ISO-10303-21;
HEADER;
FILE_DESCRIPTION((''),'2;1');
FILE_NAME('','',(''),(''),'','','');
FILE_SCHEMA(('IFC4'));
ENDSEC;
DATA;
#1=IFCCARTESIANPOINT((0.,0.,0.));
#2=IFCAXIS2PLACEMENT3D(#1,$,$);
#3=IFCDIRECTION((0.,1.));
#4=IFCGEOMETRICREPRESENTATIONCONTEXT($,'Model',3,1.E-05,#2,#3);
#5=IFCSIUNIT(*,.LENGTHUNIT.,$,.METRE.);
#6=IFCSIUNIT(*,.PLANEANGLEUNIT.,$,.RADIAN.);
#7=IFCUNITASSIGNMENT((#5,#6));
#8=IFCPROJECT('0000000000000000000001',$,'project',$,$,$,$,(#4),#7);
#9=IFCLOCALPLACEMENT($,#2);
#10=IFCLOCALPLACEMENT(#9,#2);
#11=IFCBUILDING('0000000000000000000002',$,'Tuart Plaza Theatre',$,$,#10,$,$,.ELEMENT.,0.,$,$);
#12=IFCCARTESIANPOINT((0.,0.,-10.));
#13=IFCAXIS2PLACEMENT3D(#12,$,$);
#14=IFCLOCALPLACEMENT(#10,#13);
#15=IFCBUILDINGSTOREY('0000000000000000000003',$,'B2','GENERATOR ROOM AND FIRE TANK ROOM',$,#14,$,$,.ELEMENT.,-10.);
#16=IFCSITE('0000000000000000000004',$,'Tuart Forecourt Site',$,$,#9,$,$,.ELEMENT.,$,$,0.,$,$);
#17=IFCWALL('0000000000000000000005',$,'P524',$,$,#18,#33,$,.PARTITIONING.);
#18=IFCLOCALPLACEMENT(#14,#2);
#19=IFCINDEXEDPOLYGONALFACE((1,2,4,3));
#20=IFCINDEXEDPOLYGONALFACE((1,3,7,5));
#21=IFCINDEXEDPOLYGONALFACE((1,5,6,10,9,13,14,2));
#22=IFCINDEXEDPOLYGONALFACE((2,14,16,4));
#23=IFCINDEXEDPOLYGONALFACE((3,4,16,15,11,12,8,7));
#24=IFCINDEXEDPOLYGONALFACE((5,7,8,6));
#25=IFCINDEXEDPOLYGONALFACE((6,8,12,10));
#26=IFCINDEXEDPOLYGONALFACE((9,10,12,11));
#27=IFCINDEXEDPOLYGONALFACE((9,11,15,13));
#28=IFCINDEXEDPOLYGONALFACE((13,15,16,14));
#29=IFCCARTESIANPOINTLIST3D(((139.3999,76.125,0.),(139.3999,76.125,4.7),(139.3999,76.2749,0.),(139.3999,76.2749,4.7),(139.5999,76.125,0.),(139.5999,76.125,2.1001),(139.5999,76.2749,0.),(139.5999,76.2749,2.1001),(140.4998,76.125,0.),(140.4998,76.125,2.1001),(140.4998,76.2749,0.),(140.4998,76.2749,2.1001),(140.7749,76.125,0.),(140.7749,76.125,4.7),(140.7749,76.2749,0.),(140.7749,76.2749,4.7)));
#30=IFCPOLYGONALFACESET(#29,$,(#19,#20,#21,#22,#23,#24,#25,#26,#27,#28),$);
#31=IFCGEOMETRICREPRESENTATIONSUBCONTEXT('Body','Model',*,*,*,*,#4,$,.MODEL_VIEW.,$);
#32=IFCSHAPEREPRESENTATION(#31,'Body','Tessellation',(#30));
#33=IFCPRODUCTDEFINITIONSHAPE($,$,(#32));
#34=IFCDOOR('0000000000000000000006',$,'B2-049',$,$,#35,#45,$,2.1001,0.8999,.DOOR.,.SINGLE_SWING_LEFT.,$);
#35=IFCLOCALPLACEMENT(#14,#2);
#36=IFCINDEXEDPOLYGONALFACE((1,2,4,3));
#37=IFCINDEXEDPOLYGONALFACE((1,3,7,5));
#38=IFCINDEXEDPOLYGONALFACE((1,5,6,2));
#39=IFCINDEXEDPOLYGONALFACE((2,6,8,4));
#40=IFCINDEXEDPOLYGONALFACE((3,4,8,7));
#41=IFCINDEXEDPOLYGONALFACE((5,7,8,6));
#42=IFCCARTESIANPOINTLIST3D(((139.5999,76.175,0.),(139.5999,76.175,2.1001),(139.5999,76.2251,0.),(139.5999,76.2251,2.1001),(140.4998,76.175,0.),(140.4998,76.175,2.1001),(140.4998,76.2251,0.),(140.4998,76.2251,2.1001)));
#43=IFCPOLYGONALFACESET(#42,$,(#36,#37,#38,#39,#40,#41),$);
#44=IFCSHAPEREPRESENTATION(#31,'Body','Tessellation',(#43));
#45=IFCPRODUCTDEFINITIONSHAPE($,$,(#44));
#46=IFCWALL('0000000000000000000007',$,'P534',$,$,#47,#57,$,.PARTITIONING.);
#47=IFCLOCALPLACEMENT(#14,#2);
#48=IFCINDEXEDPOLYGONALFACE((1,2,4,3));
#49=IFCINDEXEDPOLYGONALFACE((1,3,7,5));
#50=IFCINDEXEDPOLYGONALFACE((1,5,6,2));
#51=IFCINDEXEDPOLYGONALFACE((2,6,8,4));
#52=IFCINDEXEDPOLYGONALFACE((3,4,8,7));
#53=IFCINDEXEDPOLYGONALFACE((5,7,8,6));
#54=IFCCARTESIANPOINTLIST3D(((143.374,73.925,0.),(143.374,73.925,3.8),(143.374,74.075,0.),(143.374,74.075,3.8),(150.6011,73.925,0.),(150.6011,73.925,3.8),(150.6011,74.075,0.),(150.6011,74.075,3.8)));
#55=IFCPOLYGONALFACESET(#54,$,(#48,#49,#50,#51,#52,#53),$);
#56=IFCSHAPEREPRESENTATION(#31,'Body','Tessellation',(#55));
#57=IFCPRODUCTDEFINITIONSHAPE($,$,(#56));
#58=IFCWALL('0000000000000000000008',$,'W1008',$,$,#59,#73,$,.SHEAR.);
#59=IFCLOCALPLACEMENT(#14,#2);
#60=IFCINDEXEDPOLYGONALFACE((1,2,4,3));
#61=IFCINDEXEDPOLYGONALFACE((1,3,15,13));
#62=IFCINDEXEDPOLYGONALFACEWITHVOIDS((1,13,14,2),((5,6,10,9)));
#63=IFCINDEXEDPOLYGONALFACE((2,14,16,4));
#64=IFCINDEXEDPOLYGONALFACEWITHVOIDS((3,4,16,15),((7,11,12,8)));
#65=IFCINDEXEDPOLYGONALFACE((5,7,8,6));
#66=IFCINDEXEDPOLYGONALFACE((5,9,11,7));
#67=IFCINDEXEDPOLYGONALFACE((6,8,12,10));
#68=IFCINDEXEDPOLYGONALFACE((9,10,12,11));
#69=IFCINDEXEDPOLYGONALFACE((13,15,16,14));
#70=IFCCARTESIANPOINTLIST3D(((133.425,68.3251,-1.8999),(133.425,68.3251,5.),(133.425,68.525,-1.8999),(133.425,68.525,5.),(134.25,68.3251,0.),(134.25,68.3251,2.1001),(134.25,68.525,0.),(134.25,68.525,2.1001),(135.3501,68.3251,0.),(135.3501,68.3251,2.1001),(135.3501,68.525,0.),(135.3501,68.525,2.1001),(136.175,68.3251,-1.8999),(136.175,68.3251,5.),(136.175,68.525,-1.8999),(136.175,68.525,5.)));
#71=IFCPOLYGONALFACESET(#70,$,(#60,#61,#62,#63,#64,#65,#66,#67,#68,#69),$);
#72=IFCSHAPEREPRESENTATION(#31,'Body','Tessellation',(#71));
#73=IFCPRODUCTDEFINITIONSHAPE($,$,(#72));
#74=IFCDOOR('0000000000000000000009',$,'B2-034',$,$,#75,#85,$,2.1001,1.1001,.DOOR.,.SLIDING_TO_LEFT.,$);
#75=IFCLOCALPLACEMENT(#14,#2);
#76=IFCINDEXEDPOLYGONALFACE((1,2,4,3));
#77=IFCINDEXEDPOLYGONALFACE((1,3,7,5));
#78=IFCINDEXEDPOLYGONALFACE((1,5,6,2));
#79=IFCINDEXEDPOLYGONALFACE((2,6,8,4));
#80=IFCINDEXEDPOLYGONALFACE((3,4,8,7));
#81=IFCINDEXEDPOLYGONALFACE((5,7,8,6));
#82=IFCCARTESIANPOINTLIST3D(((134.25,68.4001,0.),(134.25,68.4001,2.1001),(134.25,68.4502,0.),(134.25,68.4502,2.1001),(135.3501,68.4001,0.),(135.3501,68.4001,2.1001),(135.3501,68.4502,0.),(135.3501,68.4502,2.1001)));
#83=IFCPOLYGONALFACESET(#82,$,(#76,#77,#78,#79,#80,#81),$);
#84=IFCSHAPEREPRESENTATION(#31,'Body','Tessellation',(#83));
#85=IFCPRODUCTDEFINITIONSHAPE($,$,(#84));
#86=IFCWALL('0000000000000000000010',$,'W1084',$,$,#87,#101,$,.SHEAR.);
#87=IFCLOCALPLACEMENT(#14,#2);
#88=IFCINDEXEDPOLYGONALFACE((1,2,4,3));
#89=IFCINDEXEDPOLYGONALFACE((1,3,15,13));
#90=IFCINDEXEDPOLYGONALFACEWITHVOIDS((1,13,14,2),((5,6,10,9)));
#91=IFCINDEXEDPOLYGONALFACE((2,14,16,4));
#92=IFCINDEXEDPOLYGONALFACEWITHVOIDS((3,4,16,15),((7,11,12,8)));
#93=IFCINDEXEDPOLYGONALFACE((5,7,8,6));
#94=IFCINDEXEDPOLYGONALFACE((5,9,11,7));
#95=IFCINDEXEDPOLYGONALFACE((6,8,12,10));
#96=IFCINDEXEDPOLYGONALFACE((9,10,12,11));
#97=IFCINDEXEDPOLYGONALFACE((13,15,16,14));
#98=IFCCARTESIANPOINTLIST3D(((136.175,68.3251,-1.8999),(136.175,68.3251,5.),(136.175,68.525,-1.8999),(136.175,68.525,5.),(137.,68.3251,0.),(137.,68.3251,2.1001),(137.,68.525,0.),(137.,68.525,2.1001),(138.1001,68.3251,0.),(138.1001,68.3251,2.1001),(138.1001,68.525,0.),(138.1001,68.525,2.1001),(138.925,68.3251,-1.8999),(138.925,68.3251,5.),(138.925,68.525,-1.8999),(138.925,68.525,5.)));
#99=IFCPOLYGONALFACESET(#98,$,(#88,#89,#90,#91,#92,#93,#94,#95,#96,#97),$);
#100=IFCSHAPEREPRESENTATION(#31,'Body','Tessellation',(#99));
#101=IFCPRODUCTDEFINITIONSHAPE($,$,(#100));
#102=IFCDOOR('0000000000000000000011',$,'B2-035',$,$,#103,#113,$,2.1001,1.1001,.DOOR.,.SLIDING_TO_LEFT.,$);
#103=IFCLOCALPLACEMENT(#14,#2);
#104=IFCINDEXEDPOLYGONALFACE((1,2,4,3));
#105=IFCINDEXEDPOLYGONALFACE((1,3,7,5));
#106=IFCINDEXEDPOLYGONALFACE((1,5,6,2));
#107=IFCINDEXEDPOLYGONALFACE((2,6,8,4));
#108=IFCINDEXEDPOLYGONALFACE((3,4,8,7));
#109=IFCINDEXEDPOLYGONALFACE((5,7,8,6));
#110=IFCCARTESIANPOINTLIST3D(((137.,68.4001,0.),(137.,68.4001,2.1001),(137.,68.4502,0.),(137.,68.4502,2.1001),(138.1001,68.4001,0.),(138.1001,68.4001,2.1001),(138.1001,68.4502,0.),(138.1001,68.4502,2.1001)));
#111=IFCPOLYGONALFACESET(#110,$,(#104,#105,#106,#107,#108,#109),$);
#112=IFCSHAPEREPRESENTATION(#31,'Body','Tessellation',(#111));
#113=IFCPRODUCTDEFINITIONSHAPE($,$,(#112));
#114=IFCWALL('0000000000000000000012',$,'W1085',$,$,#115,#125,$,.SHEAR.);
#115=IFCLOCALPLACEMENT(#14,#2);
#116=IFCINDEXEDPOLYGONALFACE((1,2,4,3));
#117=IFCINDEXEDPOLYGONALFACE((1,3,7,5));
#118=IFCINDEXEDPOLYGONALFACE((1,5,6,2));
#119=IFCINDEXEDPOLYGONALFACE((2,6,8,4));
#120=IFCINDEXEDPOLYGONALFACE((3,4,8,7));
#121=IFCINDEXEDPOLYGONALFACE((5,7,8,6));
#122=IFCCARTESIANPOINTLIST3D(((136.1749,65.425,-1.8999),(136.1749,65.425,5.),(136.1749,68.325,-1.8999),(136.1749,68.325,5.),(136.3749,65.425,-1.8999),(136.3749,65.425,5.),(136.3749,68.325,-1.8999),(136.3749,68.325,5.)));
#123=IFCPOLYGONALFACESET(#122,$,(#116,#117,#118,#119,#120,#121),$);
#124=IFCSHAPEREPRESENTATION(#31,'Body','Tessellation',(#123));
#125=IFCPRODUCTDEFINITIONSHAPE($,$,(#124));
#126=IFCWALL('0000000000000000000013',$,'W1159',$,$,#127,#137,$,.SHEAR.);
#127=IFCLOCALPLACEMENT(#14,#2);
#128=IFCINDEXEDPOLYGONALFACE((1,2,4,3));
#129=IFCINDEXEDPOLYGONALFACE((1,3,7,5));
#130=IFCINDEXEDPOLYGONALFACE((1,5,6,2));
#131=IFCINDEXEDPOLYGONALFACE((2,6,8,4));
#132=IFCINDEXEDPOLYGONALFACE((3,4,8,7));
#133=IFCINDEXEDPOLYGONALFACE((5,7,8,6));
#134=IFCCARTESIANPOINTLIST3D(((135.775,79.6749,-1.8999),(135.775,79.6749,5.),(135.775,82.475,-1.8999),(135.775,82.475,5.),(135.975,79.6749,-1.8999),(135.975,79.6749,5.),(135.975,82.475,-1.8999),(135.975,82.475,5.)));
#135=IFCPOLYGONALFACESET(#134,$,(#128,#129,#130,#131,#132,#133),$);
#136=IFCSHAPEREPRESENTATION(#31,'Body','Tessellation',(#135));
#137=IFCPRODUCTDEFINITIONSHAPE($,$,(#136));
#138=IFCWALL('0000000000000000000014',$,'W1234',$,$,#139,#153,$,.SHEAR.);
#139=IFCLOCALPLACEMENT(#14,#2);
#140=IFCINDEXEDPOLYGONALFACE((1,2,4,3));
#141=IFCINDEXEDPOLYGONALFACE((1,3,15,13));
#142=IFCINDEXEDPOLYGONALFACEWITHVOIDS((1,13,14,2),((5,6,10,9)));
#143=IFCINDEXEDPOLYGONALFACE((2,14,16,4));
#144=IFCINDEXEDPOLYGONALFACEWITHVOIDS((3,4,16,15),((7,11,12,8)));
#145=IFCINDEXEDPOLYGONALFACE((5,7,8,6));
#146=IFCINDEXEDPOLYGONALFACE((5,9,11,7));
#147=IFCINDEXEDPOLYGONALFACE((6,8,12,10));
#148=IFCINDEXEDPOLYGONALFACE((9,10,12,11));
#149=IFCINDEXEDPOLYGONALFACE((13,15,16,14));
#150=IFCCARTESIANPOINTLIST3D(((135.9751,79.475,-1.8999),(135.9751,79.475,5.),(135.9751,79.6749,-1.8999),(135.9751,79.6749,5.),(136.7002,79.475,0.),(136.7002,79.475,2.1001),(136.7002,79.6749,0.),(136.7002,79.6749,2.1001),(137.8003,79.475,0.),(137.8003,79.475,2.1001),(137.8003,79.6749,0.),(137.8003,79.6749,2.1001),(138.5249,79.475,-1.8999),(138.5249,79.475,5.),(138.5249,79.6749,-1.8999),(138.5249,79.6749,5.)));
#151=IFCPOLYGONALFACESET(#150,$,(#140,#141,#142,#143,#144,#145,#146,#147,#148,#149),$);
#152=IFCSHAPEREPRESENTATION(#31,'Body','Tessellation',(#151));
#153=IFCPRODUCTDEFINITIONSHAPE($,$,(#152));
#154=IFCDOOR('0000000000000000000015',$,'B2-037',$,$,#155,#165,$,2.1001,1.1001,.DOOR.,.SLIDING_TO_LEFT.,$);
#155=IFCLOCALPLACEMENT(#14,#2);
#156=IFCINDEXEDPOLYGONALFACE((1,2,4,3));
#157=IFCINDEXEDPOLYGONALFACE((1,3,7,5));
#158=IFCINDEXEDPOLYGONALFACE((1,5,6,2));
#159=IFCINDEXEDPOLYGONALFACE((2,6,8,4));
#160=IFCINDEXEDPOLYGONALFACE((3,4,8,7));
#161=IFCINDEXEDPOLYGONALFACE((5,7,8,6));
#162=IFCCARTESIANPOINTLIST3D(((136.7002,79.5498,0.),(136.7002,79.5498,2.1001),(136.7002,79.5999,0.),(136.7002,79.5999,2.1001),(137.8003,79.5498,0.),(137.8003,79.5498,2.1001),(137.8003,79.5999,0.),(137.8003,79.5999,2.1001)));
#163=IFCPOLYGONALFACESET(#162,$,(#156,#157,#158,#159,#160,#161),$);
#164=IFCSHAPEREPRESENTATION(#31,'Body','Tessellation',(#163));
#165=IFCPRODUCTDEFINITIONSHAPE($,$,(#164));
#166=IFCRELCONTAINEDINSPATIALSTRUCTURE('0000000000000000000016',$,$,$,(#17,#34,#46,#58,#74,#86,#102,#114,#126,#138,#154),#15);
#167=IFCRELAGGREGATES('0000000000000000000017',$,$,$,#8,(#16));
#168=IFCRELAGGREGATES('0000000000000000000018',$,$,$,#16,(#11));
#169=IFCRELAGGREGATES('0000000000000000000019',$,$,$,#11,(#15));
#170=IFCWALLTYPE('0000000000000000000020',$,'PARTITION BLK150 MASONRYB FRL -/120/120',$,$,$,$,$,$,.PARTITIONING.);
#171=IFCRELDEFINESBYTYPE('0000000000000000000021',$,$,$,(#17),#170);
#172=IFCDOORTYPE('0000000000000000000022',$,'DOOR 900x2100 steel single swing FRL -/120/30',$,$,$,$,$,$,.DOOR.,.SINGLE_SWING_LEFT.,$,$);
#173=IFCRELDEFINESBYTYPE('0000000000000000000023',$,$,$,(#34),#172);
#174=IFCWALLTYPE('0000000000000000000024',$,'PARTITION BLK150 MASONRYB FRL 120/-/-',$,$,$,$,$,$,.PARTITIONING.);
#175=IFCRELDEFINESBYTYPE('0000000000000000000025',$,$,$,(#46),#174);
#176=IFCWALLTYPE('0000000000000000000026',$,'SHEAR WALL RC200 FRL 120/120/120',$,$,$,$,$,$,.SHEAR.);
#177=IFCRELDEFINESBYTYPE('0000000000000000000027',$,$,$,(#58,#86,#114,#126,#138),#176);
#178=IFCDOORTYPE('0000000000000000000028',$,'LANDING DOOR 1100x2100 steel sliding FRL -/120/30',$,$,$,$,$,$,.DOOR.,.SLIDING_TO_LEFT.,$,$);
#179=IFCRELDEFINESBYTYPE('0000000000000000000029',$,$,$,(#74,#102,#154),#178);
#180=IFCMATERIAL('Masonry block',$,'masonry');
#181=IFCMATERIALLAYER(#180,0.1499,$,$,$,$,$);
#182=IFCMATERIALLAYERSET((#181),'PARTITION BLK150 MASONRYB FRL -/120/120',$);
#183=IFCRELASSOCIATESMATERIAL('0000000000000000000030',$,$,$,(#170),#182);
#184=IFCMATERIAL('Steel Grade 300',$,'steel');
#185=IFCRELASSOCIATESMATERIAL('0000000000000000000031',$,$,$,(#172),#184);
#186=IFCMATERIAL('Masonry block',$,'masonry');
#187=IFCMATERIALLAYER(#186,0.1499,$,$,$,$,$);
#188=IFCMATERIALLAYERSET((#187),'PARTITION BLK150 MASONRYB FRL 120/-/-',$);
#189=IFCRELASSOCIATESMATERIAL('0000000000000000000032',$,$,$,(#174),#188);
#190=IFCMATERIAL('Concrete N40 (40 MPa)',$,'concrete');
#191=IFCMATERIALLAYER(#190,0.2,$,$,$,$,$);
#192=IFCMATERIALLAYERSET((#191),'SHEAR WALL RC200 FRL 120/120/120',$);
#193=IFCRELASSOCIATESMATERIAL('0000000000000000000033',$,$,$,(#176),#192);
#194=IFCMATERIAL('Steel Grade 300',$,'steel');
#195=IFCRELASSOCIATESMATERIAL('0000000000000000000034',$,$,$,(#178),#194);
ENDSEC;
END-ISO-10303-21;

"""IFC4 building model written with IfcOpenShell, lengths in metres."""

from ifc_helpers import new_model, si_unit, direction, frame, frame_2d, origin, place, context, subcontext, project, spatial, rectangle, extrude, material, layer, layer_set, type_object, element, fill, save


model = new_model("IFC4")

# Units and contexts
model_context = context("Model", 3, precision=1e-05, world=origin(), true_north=direction((0.0, 1.0)))
body_context = subcontext(model_context, "Body", "Model", "MODEL_VIEW")
ifc_project = project(units=[si_unit("LENGTHUNIT", "METRE"), si_unit("PLANEANGLEUNIT", "RADIAN")], contexts=[model_context])

# Site, building, storey
site_placement = place(None, origin())
site = spatial("IfcSite", under=ifc_project, at=site_placement, Name="Tuart Forecourt Site", CompositionType="ELEMENT", RefElevation=0.0)
building_placement = place(site_placement, origin())
building = spatial("IfcBuilding", under=site, at=building_placement, Name="Tuart Plaza Theatre", CompositionType="ELEMENT", ElevationOfRefHeight=0.0)
storey_placement = place(building_placement, frame((0.0, 0.0, -10.0)))
storey = spatial("IfcBuildingStorey", under=building, at=storey_placement, Name="B2", Description="GENERATOR ROOM AND FIRE TANK ROOM", CompositionType="ELEMENT", Elevation=-10.0)

# Shared definitions
ifc_material_1 = material(Name="Masonry block", Category="masonry")
ifc_layer_1 = layer(ifc_material_1, 0.1499)
ifc_layer_set_1 = layer_set([ifc_layer_1], Name="PARTITION BLK150 MASONRYB FRL -/120/120")
wall_type_1 = type_object("IfcWallType", Name="PARTITION BLK150 MASONRYB FRL -/120/120", PredefinedType="PARTITIONING", material=ifc_layer_set_1)

# Shared definitions
ifc_material_2 = material(Name="Steel Grade 300", Category="steel")
door_type_1 = type_object("IfcDoorType", Name="DOOR 900x2100 steel single swing FRL -/120/30", OperationType="SINGLE_SWING_LEFT", PredefinedType="DOOR", material=ifc_material_2)

# Wall, opening, door
wall_1_placement = place(storey_placement, frame((139.3999, 76.2, 0.0), z_axis=(0.0, 0.0, 1.0), x_axis=(1.0, 0.0, 0.0)))
wall_1 = element("IfcWall", 1, at=wall_1_placement, inside=storey, type_object=wall_type_1, Name="P524", PredefinedType="PARTITIONING", context=body_context, shape_type="SweptSolid", body=[
    extrude(rectangle(XDim=1.375, YDim=0.1499, at=frame_2d((0.6875, 0.0))), origin(), (0.0, 0.0, 1.0), 4.7),
])
opening_1_placement = place(wall_1_placement, frame((0.2, 0.0, 0.0)))
opening_1 = element("IfcOpeningElement", 2, at=opening_1_placement, cuts=wall_1, PredefinedType="OPENING", context=body_context, shape_type="SweptSolid", body=[
    extrude(rectangle(XDim=0.8999, YDim=2.1001, at=frame_2d((0.45, 1.05))), frame((0.0, 0.085, 0.0), z_axis=(0.0, -1.0, 0.0), x_axis=(1.0, 0.0, 0.0)), (0.0, 0.0, 1.0), 0.1699),
])
door_1_placement = place(opening_1_placement, frame((0.8999, 0.0, 0.0), z_axis=(0.0, 0.0, 1.0), x_axis=(-1.0, 0.0, 0.0)))
door_1 = element("IfcDoor", 3, at=door_1_placement, inside=storey, type_object=door_type_1, Name="B2-049", OperationType="SINGLE_SWING_LEFT", OverallHeight=2.1001, OverallWidth=0.8999, PredefinedType="DOOR", context=body_context, shape_type="SweptSolid", body=[
    extrude(rectangle(XDim=0.8999, YDim=2.1001, at=frame_2d((0.45, 1.05))), frame((0.0, 0.0249, 0.0), z_axis=(0.0, -1.0, 0.0), x_axis=(1.0, 0.0, 0.0)), (0.0, 0.0, 1.0), 0.05),
])
fill(opening_1, door_1)

# Wall
ifc_material_3 = material(Name="Masonry block", Category="masonry")
ifc_layer_2 = layer(ifc_material_3, 0.1499)
ifc_layer_set_2 = layer_set([ifc_layer_2], Name="PARTITION BLK150 MASONRYB FRL 120/-/-")
wall_type_2 = type_object("IfcWallType", Name="PARTITION BLK150 MASONRYB FRL 120/-/-", PredefinedType="PARTITIONING", material=ifc_layer_set_2)
wall_2_placement = place(storey_placement, frame((143.374, 74.0, 0.0), z_axis=(0.0, 0.0, 1.0), x_axis=(1.0, 0.0, 0.0)))
element("IfcWall", 4, at=wall_2_placement, inside=storey, type_object=wall_type_2, Name="P534", PredefinedType="PARTITIONING", context=body_context, shape_type="SweptSolid", body=[
    extrude(rectangle(XDim=7.2271, YDim=0.1499, at=frame_2d((3.6135, 0.0))), origin(), (0.0, 0.0, 1.0), 3.8),
])

# Walls, openings, doors
ifc_material_4 = material(Name="Concrete N40 (40 MPa)", Category="concrete")
ifc_layer_3 = layer(ifc_material_4, 0.2)
ifc_layer_set_3 = layer_set([ifc_layer_3], Name="SHEAR WALL RC200 FRL 120/120/120")
wall_type_3 = type_object("IfcWallType", Name="SHEAR WALL RC200 FRL 120/120/120", PredefinedType="SHEAR", material=ifc_layer_set_3)
wall_3_placement = place(storey_placement, frame((136.175, 68.425, -1.8999), z_axis=(0.0, 0.0, 1.0), x_axis=(-1.0, 0.0, 0.0)))
wall_3 = element("IfcWall", 5, at=wall_3_placement, inside=storey, type_object=wall_type_3, Name="W1008", PredefinedType="SHEAR", context=body_context, shape_type="SweptSolid", body=[
    extrude(rectangle(XDim=2.75, YDim=0.2, at=frame_2d((1.375, 0.0))), origin(), (0.0, 0.0, 1.0), 6.8999),
])
opening_2_placement = place(wall_3_placement, frame((0.825, 0.0, 1.8999)))
opening_2 = element("IfcOpeningElement", 6, at=opening_2_placement, cuts=wall_3, PredefinedType="OPENING", context=body_context, shape_type="SweptSolid", body=[
    extrude(rectangle(XDim=1.1001, YDim=2.1001, at=frame_2d((0.55, 1.05))), frame((0.0, 0.1099, 0.0), z_axis=(0.0, -1.0, 0.0), x_axis=(1.0, 0.0, 0.0)), (0.0, 0.0, 1.0), 0.22),
])
ifc_material_5 = material(Name="Steel Grade 300", Category="steel")
door_type_2 = type_object("IfcDoorType", Name="LANDING DOOR 1100x2100 steel sliding FRL -/120/30", OperationType="SLIDING_TO_LEFT", PredefinedType="DOOR", material=ifc_material_5)
door_2_placement = place(opening_2_placement, origin())
door_2 = element("IfcDoor", 7, at=door_2_placement, inside=storey, type_object=door_type_2, Name="B2-034", OperationType="SLIDING_TO_LEFT", OverallHeight=2.1001, OverallWidth=1.1001, PredefinedType="DOOR", context=body_context, shape_type="SweptSolid", body=[
    extrude(rectangle(XDim=1.1001, YDim=2.1001, at=frame_2d((0.55, 1.05))), frame((0.0, 0.0249, 0.0), z_axis=(0.0, -1.0, 0.0), x_axis=(1.0, 0.0, 0.0)), (0.0, 0.0, 1.0), 0.05),
])
fill(opening_2, door_2)
wall_4_placement = place(storey_placement, frame((138.925, 68.425, -1.8999), z_axis=(0.0, 0.0, 1.0), x_axis=(-1.0, 0.0, 0.0)))
wall_4 = element("IfcWall", 8, at=wall_4_placement, inside=storey, type_object=wall_type_3, Name="W1084", PredefinedType="SHEAR", context=body_context, shape_type="SweptSolid", body=[
    extrude(rectangle(XDim=2.75, YDim=0.2, at=frame_2d((1.375, 0.0))), origin(), (0.0, 0.0, 1.0), 6.8999),
])
opening_3_placement = place(wall_4_placement, frame((0.825, 0.0, 1.8999)))
opening_3 = element("IfcOpeningElement", 9, at=opening_3_placement, cuts=wall_4, PredefinedType="OPENING", context=body_context, shape_type="SweptSolid", body=[
    extrude(rectangle(XDim=1.1001, YDim=2.1001, at=frame_2d((0.55, 1.05))), frame((0.0, 0.1099, 0.0), z_axis=(0.0, -1.0, 0.0), x_axis=(1.0, 0.0, 0.0)), (0.0, 0.0, 1.0), 0.22),
])
door_3_placement = place(opening_3_placement, origin())
door_3 = element("IfcDoor", 10, at=door_3_placement, inside=storey, type_object=door_type_2, Name="B2-035", OperationType="SLIDING_TO_LEFT", OverallHeight=2.1001, OverallWidth=1.1001, PredefinedType="DOOR", context=body_context, shape_type="SweptSolid", body=[
    extrude(rectangle(XDim=1.1001, YDim=2.1001, at=frame_2d((0.55, 1.05))), frame((0.0, 0.0249, 0.0), z_axis=(0.0, -1.0, 0.0), x_axis=(1.0, 0.0, 0.0)), (0.0, 0.0, 1.0), 0.05),
])
fill(opening_3, door_3)

# Walls
wall_5_placement = place(storey_placement, frame((136.2749, 68.325, -1.8999), z_axis=(0.0, 0.0, 1.0), x_axis=(0.0, -1.0, 0.0)))
element("IfcWall", 11, at=wall_5_placement, inside=storey, type_object=wall_type_3, Name="W1085", PredefinedType="SHEAR", context=body_context, shape_type="SweptSolid", body=[
    extrude(rectangle(XDim=2.8999, YDim=0.2, at=frame_2d((1.45, 0.0))), origin(), (0.0, 0.0, 1.0), 6.8999),
])
wall_6_placement = place(storey_placement, frame((135.875, 79.675, -1.8999), z_axis=(0.0, 0.0, 1.0), x_axis=(0.0, 1.0, 0.0)))
element("IfcWall", 12, at=wall_6_placement, inside=storey, type_object=wall_type_3, Name="W1159", PredefinedType="SHEAR", context=body_context, shape_type="SweptSolid", body=[
    extrude(rectangle(XDim=2.8, YDim=0.2, at=frame_2d((1.3999, 0.0))), origin(), (0.0, 0.0, 1.0), 6.8999),
])

# Wall, opening, door
wall_7_placement = place(storey_placement, frame((135.9751, 79.575, -1.8999), z_axis=(0.0, 0.0, 1.0), x_axis=(1.0, 0.0, 0.0)))
wall_7 = element("IfcWall", 13, at=wall_7_placement, inside=storey, type_object=wall_type_3, Name="W1234", PredefinedType="SHEAR", context=body_context, shape_type="SweptSolid", body=[
    extrude(rectangle(XDim=2.5498, YDim=0.2, at=frame_2d((1.2749, 0.0))), origin(), (0.0, 0.0, 1.0), 6.8999),
])
opening_4_placement = place(wall_7_placement, frame((0.7251, 0.0, 1.8999)))
opening_4 = element("IfcOpeningElement", 14, at=opening_4_placement, cuts=wall_7, PredefinedType="OPENING", context=body_context, shape_type="SweptSolid", body=[
    extrude(rectangle(XDim=1.1001, YDim=2.1001, at=frame_2d((0.55, 1.05))), frame((0.0, 0.1099, 0.0), z_axis=(0.0, -1.0, 0.0), x_axis=(1.0, 0.0, 0.0)), (0.0, 0.0, 1.0), 0.22),
])
door_4_placement = place(opening_4_placement, origin())
door_4 = element("IfcDoor", 15, at=door_4_placement, inside=storey, type_object=door_type_2, Name="B2-037", OperationType="SLIDING_TO_LEFT", OverallHeight=2.1001, OverallWidth=1.1001, PredefinedType="DOOR", context=body_context, shape_type="SweptSolid", body=[
    extrude(rectangle(XDim=1.1001, YDim=2.1001, at=frame_2d((0.55, 1.05))), frame((0.0, 0.0249, 0.0), z_axis=(0.0, -1.0, 0.0), x_axis=(1.0, 0.0, 0.0)), (0.0, 0.0, 1.0), 0.05),
])
fill(opening_4, door_4)

save(model, "model.ifc")
